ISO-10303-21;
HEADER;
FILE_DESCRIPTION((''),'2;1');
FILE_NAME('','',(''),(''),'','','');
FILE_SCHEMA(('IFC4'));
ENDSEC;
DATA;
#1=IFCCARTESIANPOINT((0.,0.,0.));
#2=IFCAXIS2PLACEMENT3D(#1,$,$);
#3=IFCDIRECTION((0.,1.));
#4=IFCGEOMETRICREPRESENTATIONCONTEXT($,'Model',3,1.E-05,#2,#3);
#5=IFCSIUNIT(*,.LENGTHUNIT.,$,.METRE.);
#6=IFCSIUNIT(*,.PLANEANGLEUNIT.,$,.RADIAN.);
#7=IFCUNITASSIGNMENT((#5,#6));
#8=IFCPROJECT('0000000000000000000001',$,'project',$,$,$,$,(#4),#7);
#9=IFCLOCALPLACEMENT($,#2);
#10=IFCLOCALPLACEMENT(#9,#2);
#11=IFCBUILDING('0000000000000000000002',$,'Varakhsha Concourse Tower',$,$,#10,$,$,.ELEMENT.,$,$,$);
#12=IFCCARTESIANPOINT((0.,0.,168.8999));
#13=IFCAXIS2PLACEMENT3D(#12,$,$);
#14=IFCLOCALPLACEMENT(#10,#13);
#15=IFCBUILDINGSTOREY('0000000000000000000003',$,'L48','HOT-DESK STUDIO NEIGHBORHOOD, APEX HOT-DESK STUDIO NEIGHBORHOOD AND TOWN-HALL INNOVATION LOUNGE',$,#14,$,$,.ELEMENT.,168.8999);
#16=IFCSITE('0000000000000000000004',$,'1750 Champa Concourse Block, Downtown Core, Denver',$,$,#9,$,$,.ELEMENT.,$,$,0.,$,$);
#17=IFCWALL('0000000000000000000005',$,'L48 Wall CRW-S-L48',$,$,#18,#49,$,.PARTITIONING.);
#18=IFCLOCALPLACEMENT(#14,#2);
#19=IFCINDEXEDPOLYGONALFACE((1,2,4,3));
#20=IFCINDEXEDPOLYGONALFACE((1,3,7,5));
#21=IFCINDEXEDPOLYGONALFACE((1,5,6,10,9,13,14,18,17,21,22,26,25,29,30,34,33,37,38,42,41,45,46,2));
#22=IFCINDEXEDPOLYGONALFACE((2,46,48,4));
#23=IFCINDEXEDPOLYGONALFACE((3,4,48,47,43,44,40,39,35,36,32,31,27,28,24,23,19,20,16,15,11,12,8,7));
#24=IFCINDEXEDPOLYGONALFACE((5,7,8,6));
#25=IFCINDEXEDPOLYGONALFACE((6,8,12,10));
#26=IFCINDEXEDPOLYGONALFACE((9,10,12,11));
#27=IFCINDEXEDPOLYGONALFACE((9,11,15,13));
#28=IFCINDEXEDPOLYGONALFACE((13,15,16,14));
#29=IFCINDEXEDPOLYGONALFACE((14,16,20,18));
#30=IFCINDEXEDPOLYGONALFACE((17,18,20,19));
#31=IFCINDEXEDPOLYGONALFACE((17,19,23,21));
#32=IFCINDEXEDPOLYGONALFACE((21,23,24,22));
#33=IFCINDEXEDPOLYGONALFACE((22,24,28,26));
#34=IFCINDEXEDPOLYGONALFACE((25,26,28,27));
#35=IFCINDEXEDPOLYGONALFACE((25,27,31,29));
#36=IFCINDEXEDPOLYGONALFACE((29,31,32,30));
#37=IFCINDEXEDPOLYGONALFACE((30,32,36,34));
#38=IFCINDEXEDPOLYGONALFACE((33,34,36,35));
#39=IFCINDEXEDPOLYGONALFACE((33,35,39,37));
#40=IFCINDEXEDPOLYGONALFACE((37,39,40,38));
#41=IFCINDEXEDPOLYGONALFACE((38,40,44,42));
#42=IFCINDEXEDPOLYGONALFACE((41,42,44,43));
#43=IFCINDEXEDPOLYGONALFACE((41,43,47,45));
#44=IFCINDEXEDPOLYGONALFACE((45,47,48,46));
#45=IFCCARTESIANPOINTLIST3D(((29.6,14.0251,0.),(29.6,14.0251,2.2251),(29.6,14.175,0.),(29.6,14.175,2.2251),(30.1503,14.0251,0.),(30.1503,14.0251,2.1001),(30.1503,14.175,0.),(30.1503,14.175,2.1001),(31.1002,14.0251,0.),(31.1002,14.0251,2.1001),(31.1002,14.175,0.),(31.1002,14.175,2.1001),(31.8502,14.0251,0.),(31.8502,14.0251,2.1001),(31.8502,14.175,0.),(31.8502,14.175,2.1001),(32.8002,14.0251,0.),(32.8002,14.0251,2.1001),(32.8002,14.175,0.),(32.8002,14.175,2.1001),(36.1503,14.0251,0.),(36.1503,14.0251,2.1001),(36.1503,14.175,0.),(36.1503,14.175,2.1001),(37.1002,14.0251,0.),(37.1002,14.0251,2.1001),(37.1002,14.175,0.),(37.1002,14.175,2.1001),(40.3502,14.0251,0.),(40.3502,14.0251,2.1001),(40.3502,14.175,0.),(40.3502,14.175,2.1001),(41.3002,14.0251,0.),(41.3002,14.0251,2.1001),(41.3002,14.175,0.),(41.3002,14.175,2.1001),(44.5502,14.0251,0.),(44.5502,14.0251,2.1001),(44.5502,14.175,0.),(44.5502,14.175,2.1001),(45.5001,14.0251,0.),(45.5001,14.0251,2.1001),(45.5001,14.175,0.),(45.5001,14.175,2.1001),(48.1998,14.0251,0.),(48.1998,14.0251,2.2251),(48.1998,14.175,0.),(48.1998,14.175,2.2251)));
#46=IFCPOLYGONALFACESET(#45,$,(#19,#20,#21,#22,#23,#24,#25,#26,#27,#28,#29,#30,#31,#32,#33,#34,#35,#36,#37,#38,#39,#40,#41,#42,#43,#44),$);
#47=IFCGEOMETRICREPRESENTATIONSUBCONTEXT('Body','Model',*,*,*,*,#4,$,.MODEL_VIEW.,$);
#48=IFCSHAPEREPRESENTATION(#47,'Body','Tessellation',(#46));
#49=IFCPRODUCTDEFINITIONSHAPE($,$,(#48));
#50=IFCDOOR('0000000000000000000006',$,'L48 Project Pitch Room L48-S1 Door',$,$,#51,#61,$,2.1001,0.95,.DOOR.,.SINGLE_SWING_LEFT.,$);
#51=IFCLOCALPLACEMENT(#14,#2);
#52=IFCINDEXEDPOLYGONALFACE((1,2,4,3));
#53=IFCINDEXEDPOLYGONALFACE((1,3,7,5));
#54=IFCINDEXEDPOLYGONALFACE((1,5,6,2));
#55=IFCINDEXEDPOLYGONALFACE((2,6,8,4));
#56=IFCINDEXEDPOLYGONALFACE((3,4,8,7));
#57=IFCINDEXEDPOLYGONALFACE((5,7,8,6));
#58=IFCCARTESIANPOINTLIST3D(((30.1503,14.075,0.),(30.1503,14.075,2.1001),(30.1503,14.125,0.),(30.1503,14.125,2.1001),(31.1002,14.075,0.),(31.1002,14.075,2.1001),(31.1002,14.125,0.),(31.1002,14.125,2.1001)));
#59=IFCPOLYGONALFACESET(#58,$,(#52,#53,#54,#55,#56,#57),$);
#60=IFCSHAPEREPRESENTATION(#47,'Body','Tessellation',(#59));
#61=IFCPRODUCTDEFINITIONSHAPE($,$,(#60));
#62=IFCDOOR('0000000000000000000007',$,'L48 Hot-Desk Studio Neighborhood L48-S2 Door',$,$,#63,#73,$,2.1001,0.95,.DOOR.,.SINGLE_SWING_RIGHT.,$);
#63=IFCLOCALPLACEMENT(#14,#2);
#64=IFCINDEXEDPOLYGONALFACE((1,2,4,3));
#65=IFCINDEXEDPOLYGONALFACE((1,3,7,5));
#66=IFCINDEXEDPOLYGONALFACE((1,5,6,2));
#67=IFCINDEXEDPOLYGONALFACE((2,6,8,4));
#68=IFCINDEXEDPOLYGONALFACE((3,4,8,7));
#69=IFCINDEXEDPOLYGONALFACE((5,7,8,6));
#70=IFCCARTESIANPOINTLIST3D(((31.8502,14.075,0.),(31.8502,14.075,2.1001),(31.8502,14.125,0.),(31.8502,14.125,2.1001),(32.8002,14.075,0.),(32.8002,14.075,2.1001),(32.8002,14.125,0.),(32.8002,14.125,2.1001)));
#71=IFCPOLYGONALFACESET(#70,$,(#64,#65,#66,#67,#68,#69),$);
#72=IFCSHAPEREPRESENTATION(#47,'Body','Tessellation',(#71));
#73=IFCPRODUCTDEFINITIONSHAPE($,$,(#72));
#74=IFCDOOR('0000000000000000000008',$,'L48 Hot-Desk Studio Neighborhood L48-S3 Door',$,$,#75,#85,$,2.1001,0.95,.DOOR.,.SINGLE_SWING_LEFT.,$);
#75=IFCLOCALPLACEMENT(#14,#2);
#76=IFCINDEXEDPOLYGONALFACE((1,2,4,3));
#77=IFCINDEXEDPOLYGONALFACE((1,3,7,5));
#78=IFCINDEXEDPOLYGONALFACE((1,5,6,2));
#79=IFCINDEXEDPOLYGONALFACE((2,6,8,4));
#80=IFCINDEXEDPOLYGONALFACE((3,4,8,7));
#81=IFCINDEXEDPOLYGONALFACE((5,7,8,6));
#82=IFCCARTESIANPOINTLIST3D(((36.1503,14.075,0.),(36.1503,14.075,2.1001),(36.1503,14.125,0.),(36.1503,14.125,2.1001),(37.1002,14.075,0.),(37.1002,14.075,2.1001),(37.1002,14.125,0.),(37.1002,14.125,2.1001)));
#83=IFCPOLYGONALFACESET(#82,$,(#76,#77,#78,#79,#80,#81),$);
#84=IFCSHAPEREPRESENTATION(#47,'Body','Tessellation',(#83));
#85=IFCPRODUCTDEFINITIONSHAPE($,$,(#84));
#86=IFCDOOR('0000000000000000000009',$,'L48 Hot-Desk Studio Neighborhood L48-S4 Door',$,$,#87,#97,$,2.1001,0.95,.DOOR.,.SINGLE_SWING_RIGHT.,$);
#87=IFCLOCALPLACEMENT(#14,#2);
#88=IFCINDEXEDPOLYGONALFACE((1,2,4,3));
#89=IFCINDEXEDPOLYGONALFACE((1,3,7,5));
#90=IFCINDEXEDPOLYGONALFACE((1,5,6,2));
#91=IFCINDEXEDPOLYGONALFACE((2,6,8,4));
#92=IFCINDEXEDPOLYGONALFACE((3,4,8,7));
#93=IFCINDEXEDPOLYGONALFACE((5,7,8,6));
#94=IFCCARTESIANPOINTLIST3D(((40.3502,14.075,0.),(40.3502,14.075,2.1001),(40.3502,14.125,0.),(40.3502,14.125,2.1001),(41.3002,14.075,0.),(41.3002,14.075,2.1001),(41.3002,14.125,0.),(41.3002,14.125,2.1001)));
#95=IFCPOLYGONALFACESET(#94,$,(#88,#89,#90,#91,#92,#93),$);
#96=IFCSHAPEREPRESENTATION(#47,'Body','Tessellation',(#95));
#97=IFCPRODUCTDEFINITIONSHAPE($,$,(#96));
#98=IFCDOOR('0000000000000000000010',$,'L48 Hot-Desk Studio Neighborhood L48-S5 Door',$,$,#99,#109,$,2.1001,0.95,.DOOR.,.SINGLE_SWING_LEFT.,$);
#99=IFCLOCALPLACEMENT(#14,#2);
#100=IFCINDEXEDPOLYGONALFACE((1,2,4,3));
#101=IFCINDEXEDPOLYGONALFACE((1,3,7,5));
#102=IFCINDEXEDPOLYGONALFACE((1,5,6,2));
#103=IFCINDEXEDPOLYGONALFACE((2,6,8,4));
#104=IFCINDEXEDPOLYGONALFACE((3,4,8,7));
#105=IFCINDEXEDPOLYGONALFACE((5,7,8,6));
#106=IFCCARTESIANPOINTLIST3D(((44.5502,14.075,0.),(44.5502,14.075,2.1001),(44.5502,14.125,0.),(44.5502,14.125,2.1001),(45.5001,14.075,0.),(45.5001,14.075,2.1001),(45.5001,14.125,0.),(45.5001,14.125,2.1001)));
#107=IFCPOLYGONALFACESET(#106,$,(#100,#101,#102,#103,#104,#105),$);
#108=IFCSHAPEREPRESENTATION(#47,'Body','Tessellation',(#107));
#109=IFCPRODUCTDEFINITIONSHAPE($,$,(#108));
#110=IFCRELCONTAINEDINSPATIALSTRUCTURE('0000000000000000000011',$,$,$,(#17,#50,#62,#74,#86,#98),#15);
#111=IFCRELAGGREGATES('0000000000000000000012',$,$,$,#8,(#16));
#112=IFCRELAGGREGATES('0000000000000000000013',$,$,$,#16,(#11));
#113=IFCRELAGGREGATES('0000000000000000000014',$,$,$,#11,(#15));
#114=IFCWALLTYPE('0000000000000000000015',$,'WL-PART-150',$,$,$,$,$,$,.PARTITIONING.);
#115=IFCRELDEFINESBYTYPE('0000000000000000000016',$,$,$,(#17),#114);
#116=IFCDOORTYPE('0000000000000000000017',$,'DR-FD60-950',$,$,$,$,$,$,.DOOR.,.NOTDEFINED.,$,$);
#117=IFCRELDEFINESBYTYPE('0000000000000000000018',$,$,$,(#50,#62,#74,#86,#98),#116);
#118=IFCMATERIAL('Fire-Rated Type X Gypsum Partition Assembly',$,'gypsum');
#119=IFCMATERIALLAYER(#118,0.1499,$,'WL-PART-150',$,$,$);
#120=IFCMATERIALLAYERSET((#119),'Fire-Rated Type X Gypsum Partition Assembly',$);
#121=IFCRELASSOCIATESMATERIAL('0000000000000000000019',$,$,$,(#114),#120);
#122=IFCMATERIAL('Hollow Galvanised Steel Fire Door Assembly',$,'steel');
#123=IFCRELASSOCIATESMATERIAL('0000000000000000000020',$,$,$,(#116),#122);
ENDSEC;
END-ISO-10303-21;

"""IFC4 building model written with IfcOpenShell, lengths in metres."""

from ifc_helpers import new_model, si_unit, direction, frame, frame_2d, origin, place, context, subcontext, project, spatial, rectangle, extrude, material, layer, layer_set, type_object, element, fill, save


model = new_model("IFC4")

# Units and contexts
model_context = context("Model", 3, precision=1e-05, world=origin(), true_north=direction((0.0, 1.0)))
body_context = subcontext(model_context, "Body", "Model", "MODEL_VIEW")
ifc_project = project(units=[si_unit("LENGTHUNIT", "METRE"), si_unit("PLANEANGLEUNIT", "RADIAN")], contexts=[model_context])

# Site, building, storey
site_placement = place(None, origin())
site = spatial("IfcSite", under=ifc_project, at=site_placement, Name="1750 Champa Concourse Block, Downtown Core, Denver", CompositionType="ELEMENT", RefElevation=0.0)
building_placement = place(site_placement, origin())
building = spatial("IfcBuilding", under=site, at=building_placement, Name="Varakhsha Concourse Tower", CompositionType="ELEMENT")
storey_placement = place(building_placement, frame((0.0, 0.0, 168.8999)))
storey = spatial("IfcBuildingStorey", under=building, at=storey_placement, Name="L48", Description="HOT-DESK STUDIO NEIGHBORHOOD, APEX HOT-DESK STUDIO NEIGHBORHOOD AND TOWN-HALL INNOVATION LOUNGE", CompositionType="ELEMENT", Elevation=168.8999)

# Wall, openings, doors
ifc_material_1 = material(Name="Fire-Rated Type X Gypsum Partition Assembly", Category="gypsum")
ifc_layer = layer(ifc_material_1, 0.1499, Name="WL-PART-150")
ifc_layer_set = layer_set([ifc_layer], Name="Fire-Rated Type X Gypsum Partition Assembly")
wall_type = type_object("IfcWallType", Name="WL-PART-150", PredefinedType="PARTITIONING", material=ifc_layer_set)
wall_1_placement = place(storey_placement, frame((29.6001, 14.1001, 0.0), z_axis=(0.0, 0.0, 1.0), x_axis=(1.0, 0.0, 0.0)))
wall_1 = element("IfcWall", 1, at=wall_1_placement, inside=storey, type_object=wall_type, Name="L48 Wall CRW-S-L48", PredefinedType="PARTITIONING", context=body_context, shape_type="SweptSolid", body=[
    extrude(rectangle(XDim=18.5999, YDim=0.1499, at=frame_2d((9.2998, 0.0))), origin(), (0.0, 0.0, 1.0), 2.2251),
])
opening_1_placement = place(wall_1_placement, frame((0.55, 0.0, 0.0)))
opening_1 = element("IfcOpeningElement", 2, at=opening_1_placement, cuts=wall_1, PredefinedType="OPENING", context=body_context, shape_type="SweptSolid", body=[
    extrude(rectangle(XDim=0.95, YDim=2.1001, at=frame_2d((0.4751, 1.05))), frame((0.0, 0.085, 0.0), z_axis=(0.0, -1.0, 0.0), x_axis=(1.0, 0.0, 0.0)), (0.0, 0.0, 1.0), 0.1699),
])
opening_2_placement = place(wall_1_placement, frame((2.25, 0.0, 0.0)))
opening_2 = element("IfcOpeningElement", 3, at=opening_2_placement, cuts=wall_1, PredefinedType="OPENING", context=body_context, shape_type="SweptSolid", body=[
    extrude(rectangle(XDim=0.95, YDim=2.1001, at=frame_2d((0.4751, 1.05))), frame((0.0, 0.085, 0.0), z_axis=(0.0, -1.0, 0.0), x_axis=(1.0, 0.0, 0.0)), (0.0, 0.0, 1.0), 0.1699),
])
opening_3_placement = place(wall_1_placement, frame((6.55, 0.0, 0.0)))
opening_3 = element("IfcOpeningElement", 4, at=opening_3_placement, cuts=wall_1, PredefinedType="OPENING", context=body_context, shape_type="SweptSolid", body=[
    extrude(rectangle(XDim=0.95, YDim=2.1001, at=frame_2d((0.4751, 1.05))), frame((0.0, 0.085, 0.0), z_axis=(0.0, -1.0, 0.0), x_axis=(1.0, 0.0, 0.0)), (0.0, 0.0, 1.0), 0.1699),
])
opening_4_placement = place(wall_1_placement, frame((10.75, 0.0, 0.0)))
opening_4 = element("IfcOpeningElement", 5, at=opening_4_placement, cuts=wall_1, PredefinedType="OPENING", context=body_context, shape_type="SweptSolid", body=[
    extrude(rectangle(XDim=0.95, YDim=2.1001, at=frame_2d((0.4751, 1.05))), frame((0.0, 0.085, 0.0), z_axis=(0.0, -1.0, 0.0), x_axis=(1.0, 0.0, 0.0)), (0.0, 0.0, 1.0), 0.1699),
])
opening_5_placement = place(wall_1_placement, frame((14.95, 0.0, 0.0)))
opening_5 = element("IfcOpeningElement", 6, at=opening_5_placement, cuts=wall_1, PredefinedType="OPENING", context=body_context, shape_type="SweptSolid", body=[
    extrude(rectangle(XDim=0.95, YDim=2.1001, at=frame_2d((0.4751, 1.05))), frame((0.0, 0.085, 0.0), z_axis=(0.0, -1.0, 0.0), x_axis=(1.0, 0.0, 0.0)), (0.0, 0.0, 1.0), 0.1699),
])
ifc_material_2 = material(Name="Hollow Galvanised Steel Fire Door Assembly", Category="steel")
door_type_1 = type_object("IfcDoorType", Name="DR-FD60-950", OperationType="NOTDEFINED", PredefinedType="DOOR", material=ifc_material_2)
door_1_placement = place(opening_1_placement, origin())
door_1 = element("IfcDoor", 7, at=door_1_placement, inside=storey, type_object=door_type_1, Name="L48 Project Pitch Room L48-S1 Door", OperationType="SINGLE_SWING_LEFT", OverallHeight=2.1001, OverallWidth=0.95, PredefinedType="DOOR", context=body_context, shape_type="SweptSolid", body=[
    extrude(rectangle(XDim=0.95, YDim=2.1001, at=frame_2d((0.4751, 1.05))), frame((0.0, 0.0249, 0.0), z_axis=(0.0, -1.0, 0.0), x_axis=(1.0, 0.0, 0.0)), (0.0, 0.0, 1.0), 0.05),
])
fill(opening_1, door_1)
door_2_placement = place(opening_2_placement, origin())
door_2 = element("IfcDoor", 8, at=door_2_placement, inside=storey, type_object=door_type_1, Name="L48 Hot-Desk Studio Neighborhood L48-S2 Door", OperationType="SINGLE_SWING_RIGHT", OverallHeight=2.1001, OverallWidth=0.95, PredefinedType="DOOR", context=body_context, shape_type="SweptSolid", body=[
    extrude(rectangle(XDim=0.95, YDim=2.1001, at=frame_2d((0.4751, 1.05))), frame((0.0, 0.0249, 0.0), z_axis=(0.0, -1.0, 0.0), x_axis=(1.0, 0.0, 0.0)), (0.0, 0.0, 1.0), 0.05),
])
fill(opening_2, door_2)
door_3_placement = place(opening_3_placement, origin())
door_3 = element("IfcDoor", 9, at=door_3_placement, inside=storey, type_object=door_type_1, Name="L48 Hot-Desk Studio Neighborhood L48-S3 Door", OperationType="SINGLE_SWING_LEFT", OverallHeight=2.1001, OverallWidth=0.95, PredefinedType="DOOR", context=body_context, shape_type="SweptSolid", body=[
    extrude(rectangle(XDim=0.95, YDim=2.1001, at=frame_2d((0.4751, 1.05))), frame((0.0, 0.0249, 0.0), z_axis=(0.0, -1.0, 0.0), x_axis=(1.0, 0.0, 0.0)), (0.0, 0.0, 1.0), 0.05),
])
fill(opening_3, door_3)
door_4_placement = place(opening_4_placement, origin())
door_4 = element("IfcDoor", 10, at=door_4_placement, inside=storey, type_object=door_type_1, Name="L48 Hot-Desk Studio Neighborhood L48-S4 Door", OperationType="SINGLE_SWING_RIGHT", OverallHeight=2.1001, OverallWidth=0.95, PredefinedType="DOOR", context=body_context, shape_type="SweptSolid", body=[
    extrude(rectangle(XDim=0.95, YDim=2.1001, at=frame_2d((0.4751, 1.05))), frame((0.0, 0.0249, 0.0), z_axis=(0.0, -1.0, 0.0), x_axis=(1.0, 0.0, 0.0)), (0.0, 0.0, 1.0), 0.05),
])
fill(opening_4, door_4)
door_5_placement = place(opening_5_placement, origin())
door_5 = element("IfcDoor", 11, at=door_5_placement, inside=storey, type_object=door_type_1, Name="L48 Hot-Desk Studio Neighborhood L48-S5 Door", OperationType="SINGLE_SWING_LEFT", OverallHeight=2.1001, OverallWidth=0.95, PredefinedType="DOOR", context=body_context, shape_type="SweptSolid", body=[
    extrude(rectangle(XDim=0.95, YDim=2.1001, at=frame_2d((0.4751, 1.05))), frame((0.0, 0.0249, 0.0), z_axis=(0.0, -1.0, 0.0), x_axis=(1.0, 0.0, 0.0)), (0.0, 0.0, 1.0), 0.05),
])
fill(opening_5, door_5)

save(model, "model.ifc")
